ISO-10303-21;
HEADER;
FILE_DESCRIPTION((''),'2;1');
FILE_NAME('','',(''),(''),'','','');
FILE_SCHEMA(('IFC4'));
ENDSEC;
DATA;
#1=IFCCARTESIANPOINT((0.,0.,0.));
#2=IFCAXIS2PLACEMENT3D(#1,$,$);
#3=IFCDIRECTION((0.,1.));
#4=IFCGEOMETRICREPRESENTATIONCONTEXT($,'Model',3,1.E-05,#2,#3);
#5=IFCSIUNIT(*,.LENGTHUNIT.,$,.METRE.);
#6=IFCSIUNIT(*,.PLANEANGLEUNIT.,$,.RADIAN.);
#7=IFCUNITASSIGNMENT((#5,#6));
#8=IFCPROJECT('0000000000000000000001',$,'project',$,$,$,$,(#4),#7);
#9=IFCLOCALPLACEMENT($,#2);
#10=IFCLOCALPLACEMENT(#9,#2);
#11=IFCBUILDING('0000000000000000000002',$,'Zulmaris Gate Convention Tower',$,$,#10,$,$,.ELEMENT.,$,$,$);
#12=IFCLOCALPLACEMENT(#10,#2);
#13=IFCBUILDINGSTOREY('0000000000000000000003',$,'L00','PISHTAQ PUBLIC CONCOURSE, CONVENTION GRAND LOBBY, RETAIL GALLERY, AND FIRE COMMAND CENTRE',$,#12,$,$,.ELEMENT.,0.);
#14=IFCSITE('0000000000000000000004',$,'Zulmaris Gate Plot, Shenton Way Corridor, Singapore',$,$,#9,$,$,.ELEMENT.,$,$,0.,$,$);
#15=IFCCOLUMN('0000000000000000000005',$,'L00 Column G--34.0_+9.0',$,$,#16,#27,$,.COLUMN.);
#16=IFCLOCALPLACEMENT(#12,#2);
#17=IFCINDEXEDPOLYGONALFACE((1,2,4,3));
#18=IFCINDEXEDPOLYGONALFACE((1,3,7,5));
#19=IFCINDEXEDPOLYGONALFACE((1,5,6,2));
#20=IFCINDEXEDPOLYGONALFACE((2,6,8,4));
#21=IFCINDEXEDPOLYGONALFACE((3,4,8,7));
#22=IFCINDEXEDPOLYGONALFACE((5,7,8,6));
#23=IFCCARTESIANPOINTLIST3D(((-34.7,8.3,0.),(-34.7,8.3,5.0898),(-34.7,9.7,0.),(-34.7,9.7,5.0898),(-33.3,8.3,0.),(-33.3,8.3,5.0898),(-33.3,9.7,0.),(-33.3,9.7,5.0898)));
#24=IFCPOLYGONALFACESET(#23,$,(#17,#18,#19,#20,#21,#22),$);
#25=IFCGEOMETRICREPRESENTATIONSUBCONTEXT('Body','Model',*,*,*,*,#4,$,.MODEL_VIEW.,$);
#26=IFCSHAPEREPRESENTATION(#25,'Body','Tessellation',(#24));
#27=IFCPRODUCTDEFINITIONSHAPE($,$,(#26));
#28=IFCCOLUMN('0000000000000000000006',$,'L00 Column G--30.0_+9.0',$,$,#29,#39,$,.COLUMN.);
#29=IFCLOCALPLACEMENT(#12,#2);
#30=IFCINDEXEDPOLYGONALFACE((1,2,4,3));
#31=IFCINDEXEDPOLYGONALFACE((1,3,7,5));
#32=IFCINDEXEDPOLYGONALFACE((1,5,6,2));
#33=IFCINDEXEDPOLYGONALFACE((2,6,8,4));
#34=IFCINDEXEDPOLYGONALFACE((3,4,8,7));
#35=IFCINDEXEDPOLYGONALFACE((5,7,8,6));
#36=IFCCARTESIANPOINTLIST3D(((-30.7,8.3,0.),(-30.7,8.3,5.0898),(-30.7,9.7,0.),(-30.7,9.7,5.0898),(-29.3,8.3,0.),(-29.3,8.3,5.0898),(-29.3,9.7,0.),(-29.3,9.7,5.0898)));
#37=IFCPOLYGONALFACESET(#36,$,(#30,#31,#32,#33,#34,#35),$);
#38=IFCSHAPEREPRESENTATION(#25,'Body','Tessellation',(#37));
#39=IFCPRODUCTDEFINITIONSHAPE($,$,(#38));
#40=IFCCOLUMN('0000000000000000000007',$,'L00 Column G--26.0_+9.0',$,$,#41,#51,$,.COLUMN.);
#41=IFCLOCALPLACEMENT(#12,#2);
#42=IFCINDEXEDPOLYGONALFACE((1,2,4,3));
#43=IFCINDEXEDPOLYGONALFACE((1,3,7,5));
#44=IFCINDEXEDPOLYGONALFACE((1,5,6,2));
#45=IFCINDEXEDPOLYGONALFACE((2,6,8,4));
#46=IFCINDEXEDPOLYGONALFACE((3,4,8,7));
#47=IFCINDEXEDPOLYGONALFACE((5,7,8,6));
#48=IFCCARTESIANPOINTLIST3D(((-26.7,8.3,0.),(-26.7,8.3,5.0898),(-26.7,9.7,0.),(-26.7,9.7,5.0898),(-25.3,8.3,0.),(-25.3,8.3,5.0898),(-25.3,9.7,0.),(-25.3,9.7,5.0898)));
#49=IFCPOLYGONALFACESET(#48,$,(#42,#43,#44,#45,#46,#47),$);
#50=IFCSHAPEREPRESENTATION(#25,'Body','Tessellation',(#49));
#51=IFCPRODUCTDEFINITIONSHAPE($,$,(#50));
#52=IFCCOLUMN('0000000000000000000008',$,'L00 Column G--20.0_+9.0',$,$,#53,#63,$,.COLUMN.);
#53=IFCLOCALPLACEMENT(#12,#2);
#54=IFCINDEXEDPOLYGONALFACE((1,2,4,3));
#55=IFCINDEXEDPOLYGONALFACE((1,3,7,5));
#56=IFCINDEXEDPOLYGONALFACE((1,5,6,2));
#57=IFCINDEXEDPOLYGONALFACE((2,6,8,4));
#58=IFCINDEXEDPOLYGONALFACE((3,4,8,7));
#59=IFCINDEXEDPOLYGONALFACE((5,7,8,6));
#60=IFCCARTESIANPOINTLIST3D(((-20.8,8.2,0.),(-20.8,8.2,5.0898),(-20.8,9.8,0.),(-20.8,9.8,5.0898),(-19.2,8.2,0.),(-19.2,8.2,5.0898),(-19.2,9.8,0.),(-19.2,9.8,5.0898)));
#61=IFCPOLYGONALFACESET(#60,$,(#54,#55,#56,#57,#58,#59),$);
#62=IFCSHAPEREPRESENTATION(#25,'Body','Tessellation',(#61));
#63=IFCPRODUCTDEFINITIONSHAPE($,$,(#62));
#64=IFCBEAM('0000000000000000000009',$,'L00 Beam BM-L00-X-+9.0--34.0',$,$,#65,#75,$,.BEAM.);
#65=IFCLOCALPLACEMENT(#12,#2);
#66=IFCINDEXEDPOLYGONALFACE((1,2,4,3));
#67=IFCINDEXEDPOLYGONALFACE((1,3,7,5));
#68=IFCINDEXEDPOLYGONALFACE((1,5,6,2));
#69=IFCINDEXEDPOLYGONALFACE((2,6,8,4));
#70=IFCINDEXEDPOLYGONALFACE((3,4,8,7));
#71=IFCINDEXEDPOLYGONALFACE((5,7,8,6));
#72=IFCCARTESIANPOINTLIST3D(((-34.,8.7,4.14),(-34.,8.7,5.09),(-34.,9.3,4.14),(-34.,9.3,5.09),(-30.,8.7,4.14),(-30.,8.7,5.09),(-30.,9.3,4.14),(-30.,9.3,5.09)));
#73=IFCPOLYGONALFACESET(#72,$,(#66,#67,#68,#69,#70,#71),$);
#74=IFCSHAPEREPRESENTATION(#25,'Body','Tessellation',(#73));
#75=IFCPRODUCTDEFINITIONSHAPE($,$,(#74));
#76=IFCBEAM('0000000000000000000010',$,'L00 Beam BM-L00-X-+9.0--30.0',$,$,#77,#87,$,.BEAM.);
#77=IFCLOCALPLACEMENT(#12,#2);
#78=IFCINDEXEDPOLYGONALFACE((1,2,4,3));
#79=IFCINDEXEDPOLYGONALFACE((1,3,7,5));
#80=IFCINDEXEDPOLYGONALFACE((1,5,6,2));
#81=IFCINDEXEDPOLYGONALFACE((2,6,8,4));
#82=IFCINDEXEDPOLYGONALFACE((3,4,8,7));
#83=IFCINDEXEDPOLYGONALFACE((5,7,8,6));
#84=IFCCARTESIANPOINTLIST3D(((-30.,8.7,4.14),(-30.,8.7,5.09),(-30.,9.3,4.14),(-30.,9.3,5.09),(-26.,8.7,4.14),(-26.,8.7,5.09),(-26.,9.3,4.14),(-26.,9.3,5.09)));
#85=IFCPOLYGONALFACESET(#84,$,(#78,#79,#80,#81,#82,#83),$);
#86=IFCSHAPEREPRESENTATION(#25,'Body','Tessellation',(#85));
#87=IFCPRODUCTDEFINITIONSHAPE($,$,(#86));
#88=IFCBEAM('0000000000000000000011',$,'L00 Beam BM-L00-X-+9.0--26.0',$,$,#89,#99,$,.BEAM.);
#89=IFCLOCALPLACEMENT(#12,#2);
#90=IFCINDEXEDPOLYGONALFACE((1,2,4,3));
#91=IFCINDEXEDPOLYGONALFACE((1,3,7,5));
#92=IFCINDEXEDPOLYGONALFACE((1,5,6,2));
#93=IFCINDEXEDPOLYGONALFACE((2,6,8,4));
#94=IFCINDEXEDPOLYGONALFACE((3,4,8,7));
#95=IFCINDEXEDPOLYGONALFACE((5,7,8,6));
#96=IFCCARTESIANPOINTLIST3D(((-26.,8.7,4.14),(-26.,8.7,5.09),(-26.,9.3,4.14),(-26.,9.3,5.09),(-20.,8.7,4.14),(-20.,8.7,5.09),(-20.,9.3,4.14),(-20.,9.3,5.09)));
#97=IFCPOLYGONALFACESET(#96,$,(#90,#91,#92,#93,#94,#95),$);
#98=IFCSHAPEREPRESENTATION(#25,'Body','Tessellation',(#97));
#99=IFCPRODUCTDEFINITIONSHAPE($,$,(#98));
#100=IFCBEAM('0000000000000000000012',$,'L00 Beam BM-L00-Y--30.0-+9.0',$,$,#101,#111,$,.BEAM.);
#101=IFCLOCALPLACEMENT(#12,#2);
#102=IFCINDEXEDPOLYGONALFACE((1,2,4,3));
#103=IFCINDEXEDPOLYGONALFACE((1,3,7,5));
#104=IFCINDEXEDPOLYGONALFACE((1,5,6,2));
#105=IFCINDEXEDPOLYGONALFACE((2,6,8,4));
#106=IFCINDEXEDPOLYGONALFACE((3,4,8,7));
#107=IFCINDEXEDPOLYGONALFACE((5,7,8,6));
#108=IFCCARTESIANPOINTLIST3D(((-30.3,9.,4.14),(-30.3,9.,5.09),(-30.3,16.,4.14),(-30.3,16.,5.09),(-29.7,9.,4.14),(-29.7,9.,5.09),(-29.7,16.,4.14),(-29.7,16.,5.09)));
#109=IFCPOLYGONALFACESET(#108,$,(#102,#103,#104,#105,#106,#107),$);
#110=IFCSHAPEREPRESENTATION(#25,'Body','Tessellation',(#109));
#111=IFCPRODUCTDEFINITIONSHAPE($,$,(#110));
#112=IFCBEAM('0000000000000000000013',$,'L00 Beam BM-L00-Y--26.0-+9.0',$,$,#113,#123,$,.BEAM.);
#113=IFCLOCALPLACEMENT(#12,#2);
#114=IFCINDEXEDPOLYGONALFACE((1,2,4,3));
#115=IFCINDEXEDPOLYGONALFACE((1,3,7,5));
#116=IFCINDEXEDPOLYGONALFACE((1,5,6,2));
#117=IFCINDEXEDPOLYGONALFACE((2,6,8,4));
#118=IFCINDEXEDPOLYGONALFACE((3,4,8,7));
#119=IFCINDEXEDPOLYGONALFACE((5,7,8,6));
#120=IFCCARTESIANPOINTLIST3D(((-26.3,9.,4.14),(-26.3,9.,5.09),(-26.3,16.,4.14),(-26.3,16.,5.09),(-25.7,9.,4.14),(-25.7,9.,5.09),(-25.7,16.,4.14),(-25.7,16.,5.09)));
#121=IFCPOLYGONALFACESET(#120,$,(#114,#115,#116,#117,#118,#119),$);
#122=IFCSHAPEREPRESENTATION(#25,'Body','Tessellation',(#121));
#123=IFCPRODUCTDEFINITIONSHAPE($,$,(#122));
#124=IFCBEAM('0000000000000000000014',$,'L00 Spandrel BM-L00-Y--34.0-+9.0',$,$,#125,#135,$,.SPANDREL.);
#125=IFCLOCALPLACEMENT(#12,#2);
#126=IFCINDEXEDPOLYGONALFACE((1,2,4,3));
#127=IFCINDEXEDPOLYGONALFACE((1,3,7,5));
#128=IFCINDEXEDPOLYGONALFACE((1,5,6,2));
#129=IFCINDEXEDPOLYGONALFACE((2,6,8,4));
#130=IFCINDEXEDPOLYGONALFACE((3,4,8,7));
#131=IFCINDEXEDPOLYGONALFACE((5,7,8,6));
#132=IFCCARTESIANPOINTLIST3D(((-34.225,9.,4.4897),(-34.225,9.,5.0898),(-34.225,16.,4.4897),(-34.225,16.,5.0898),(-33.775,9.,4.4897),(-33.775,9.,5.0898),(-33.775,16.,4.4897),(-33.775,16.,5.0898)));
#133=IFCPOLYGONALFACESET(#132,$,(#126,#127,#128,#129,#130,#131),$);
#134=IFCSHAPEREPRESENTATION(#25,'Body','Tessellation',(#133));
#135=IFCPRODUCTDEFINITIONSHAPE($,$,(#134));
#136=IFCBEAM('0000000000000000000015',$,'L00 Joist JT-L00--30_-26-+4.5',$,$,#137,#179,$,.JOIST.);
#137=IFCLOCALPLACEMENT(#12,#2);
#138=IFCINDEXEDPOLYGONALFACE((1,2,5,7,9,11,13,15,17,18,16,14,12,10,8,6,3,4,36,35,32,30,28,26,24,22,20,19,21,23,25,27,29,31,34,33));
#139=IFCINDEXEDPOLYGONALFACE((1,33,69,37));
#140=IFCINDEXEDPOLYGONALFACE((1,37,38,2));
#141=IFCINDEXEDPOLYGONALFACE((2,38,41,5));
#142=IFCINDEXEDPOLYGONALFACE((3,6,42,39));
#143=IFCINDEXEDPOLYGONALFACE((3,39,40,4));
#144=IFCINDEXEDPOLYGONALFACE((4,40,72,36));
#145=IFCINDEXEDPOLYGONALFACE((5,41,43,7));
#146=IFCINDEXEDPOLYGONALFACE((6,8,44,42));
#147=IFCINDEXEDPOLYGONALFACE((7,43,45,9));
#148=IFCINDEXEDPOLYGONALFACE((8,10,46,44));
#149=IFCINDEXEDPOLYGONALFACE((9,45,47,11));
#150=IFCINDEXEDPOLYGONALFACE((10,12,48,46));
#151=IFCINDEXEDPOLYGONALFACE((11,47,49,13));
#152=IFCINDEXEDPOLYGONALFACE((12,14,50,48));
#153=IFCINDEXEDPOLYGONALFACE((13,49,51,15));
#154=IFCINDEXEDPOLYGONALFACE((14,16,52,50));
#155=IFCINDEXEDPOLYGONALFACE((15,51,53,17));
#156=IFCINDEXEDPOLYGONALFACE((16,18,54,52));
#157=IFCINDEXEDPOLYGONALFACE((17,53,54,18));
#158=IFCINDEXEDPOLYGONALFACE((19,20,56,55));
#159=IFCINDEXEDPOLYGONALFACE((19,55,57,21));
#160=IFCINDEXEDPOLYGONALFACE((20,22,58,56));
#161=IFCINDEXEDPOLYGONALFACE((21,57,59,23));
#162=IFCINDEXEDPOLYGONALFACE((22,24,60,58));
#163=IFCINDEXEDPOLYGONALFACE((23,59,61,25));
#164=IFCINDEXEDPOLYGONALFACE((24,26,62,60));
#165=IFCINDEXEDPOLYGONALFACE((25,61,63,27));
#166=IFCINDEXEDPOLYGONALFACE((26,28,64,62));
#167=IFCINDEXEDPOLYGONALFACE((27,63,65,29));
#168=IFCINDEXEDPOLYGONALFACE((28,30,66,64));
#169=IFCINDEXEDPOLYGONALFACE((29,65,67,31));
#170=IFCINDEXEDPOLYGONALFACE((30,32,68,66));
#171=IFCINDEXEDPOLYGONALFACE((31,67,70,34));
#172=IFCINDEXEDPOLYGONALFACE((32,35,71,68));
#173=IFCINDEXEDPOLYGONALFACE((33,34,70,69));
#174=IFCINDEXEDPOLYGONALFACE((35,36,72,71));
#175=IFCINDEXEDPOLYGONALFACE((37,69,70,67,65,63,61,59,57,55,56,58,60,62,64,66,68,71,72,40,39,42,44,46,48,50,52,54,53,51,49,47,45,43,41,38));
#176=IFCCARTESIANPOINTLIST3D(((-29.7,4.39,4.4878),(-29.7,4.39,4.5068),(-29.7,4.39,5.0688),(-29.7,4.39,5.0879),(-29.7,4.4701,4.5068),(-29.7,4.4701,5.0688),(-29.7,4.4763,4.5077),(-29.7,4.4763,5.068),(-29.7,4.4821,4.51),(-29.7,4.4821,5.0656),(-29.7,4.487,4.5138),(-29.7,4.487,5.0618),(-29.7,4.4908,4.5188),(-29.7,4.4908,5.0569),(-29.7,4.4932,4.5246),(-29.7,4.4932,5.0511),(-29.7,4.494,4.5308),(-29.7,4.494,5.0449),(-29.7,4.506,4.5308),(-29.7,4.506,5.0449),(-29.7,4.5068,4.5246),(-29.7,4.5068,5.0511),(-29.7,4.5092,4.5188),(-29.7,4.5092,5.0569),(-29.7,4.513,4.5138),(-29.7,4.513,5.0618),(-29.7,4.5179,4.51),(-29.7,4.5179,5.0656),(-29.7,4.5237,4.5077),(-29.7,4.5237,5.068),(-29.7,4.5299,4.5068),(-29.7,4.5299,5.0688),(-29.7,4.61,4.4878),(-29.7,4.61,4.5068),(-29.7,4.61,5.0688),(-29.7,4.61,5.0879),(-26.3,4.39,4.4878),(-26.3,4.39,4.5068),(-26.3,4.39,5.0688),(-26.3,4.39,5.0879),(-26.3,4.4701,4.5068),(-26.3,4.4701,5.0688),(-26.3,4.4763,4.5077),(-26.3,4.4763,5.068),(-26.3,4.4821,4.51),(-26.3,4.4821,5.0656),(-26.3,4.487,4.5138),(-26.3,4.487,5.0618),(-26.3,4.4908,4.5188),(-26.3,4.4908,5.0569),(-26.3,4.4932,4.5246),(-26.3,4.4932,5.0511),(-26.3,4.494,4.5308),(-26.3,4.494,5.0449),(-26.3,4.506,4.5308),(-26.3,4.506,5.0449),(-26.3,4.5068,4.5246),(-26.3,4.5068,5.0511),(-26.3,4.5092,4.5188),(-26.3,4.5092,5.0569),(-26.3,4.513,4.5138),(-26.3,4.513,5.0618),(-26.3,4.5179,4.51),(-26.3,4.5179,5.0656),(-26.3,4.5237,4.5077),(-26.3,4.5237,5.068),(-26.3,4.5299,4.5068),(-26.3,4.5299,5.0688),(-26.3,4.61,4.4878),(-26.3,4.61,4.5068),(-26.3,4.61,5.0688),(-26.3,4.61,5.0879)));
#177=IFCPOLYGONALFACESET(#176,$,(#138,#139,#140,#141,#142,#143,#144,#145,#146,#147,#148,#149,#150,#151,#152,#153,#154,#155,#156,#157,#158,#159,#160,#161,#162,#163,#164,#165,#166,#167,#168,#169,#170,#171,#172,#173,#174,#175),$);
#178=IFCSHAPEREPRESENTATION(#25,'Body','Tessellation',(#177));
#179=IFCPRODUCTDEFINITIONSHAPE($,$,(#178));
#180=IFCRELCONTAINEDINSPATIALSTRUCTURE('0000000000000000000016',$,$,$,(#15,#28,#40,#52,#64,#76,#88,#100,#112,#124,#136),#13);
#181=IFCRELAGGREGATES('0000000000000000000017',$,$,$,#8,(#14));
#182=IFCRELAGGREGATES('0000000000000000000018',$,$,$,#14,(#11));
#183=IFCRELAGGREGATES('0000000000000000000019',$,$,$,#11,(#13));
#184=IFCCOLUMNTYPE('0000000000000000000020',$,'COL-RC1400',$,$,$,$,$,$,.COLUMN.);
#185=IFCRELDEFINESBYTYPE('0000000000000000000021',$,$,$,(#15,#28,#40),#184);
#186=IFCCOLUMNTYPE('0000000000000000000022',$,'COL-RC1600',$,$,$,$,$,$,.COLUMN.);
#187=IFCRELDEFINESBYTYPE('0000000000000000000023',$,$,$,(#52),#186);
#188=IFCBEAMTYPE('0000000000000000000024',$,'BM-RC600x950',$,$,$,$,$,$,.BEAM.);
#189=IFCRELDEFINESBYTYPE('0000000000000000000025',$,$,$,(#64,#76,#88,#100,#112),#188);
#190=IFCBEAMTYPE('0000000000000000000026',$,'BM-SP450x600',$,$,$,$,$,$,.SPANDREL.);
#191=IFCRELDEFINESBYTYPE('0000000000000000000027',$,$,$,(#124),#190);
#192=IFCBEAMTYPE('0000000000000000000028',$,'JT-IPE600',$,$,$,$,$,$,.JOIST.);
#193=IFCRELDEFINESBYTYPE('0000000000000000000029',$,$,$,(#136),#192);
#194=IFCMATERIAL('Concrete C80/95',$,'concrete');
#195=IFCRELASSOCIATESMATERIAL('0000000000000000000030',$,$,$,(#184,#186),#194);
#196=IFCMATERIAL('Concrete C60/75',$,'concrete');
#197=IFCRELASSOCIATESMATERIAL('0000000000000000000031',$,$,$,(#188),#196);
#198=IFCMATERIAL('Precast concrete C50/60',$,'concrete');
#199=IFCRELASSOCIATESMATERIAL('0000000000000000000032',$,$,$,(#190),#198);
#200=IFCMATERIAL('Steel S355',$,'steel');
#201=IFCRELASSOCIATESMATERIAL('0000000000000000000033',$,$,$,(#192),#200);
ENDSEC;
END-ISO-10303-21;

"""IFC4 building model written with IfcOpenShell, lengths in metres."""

from ifc_helpers import new_model, si_unit, direction, frame, origin, origin_2d, place, context, subcontext, project, spatial, rectangle, i_section, extrude, material, material_profile, profile_set, type_object, element, save


model = new_model("IFC4")

# Units and contexts
model_context = context("Model", 3, precision=1e-05, world=origin(), true_north=direction((0.0, 1.0)))
body_context = subcontext(model_context, "Body", "Model", "MODEL_VIEW")
ifc_project = project(units=[si_unit("LENGTHUNIT", "METRE"), si_unit("PLANEANGLEUNIT", "RADIAN")], contexts=[model_context])

# Site, building, storey
site_placement = place(None, origin())
site = spatial("IfcSite", under=ifc_project, at=site_placement, Name="Zulmaris Gate Plot, Shenton Way Corridor, Singapore", CompositionType="ELEMENT", RefElevation=0.0)
building_placement = place(site_placement, origin())
building = spatial("IfcBuilding", under=site, at=building_placement, Name="Zulmaris Gate Convention Tower", CompositionType="ELEMENT")
storey_placement = place(building_placement, origin())
storey = spatial("IfcBuildingStorey", under=building, at=storey_placement, Name="L00", Description="PISHTAQ PUBLIC CONCOURSE, CONVENTION GRAND LOBBY, RETAIL GALLERY, AND FIRE COMMAND CENTRE", CompositionType="ELEMENT", Elevation=0.0)

# Columns
ifc_material_1 = material(Name="Concrete C80/95", Category="concrete")
ifc_material_profile_1 = material_profile(ifc_material_1, rectangle(XDim=1.3999, YDim=1.3999, at=origin_2d()), Name="RC COL 1400x1400")
ifc_profile_set_1 = profile_set([ifc_material_profile_1], Name="Concrete C80/95")
column_type_1 = type_object("IfcColumnType", Name="COL-RC1400", PredefinedType="COLUMN", material=ifc_profile_set_1)
for number, where, z_axis, x_axis, name in (
    (1, (-34.0, 9.0, 0.0), (0.0, 0.0, 1.0), (1.0, 0.0, 0.0), "L00 Column G--34.0_+9.0"),
    (2, (-30.0, 9.0, 0.0), (0.0, 0.0, 1.0), (1.0, 0.0, 0.0), "L00 Column G--30.0_+9.0"),
    (3, (-26.0, 9.0, 0.0), (0.0, 0.0, 1.0), (1.0, 0.0, 0.0), "L00 Column G--26.0_+9.0"),
):
    element("IfcColumn", number, at=place(storey_placement, frame(where, z_axis=z_axis, x_axis=x_axis)), inside=storey, type_object=column_type_1, Name=name, PredefinedType="COLUMN", context=body_context, shape_type="SweptSolid", body=[
        extrude(rectangle(XDim=1.3999, YDim=1.3999, at=origin_2d()), origin(), (0.0, 0.0, 1.0), 5.0898),
    ])
ifc_material_profile_2 = material_profile(ifc_material_1, rectangle(XDim=1.6001, YDim=1.6001, at=origin_2d()), Name="RC COL 1600x1600")
ifc_profile_set_2 = profile_set([ifc_material_profile_2], Name="Concrete C80/95")
column_type_2 = type_object("IfcColumnType", Name="COL-RC1600", PredefinedType="COLUMN", material=ifc_profile_set_2)
column_placement = place(storey_placement, frame((-20.0, 9.0, 0.0), z_axis=(0.0, 0.0, 1.0), x_axis=(1.0, 0.0, 0.0)))
element("IfcColumn", 4, at=column_placement, inside=storey, type_object=column_type_2, Name="L00 Column G--20.0_+9.0", PredefinedType="COLUMN", context=body_context, shape_type="SweptSolid", body=[
    extrude(rectangle(XDim=1.6001, YDim=1.6001, at=origin_2d()), origin(), (0.0, 0.0, 1.0), 5.0898),
])

# Beams
ifc_material_2 = material(Name="Concrete C60/75", Category="concrete")
ifc_material_profile_3 = material_profile(ifc_material_2, rectangle(XDim=0.6001, YDim=0.95, at=origin_2d()), Name="RC BEAM 600x950")
ifc_profile_set_3 = profile_set([ifc_material_profile_3], Name="Concrete C60/75")
beam_type_1 = type_object("IfcBeamType", Name="BM-RC600x950", PredefinedType="BEAM", material=ifc_profile_set_3)
for number, where, z_axis, x_axis, name in (
    (5, (-34.0, 9.0, 4.615), (1.0, 0.0, 0.0), (0.0, 1.0, 0.0), "L00 Beam BM-L00-X-+9.0--34.0"),
    (6, (-30.0, 9.0, 4.615), (1.0, 0.0, 0.0), (0.0, 1.0, 0.0), "L00 Beam BM-L00-X-+9.0--30.0"),
):
    element("IfcBeam", number, at=place(storey_placement, frame(where, z_axis=z_axis, x_axis=x_axis)), inside=storey, type_object=beam_type_1, Name=name, PredefinedType="BEAM", context=body_context, shape_type="SweptSolid", body=[
        extrude(rectangle(XDim=0.6001, YDim=0.95, at=origin_2d()), origin(), (0.0, 0.0, 1.0), 4.0),
    ])
beam_1_placement = place(storey_placement, frame((-26.0, 9.0, 4.615), z_axis=(1.0, 0.0, 0.0), x_axis=(0.0, 1.0, 0.0)))
element("IfcBeam", 7, at=beam_1_placement, inside=storey, type_object=beam_type_1, Name="L00 Beam BM-L00-X-+9.0--26.0", PredefinedType="BEAM", context=body_context, shape_type="SweptSolid", body=[
    extrude(rectangle(XDim=0.6001, YDim=0.95, at=origin_2d()), origin(), (0.0, 0.0, 1.0), 6.0),
])
for number, where, z_axis, x_axis, name in (
    (8, (-30.0, 9.0, 4.615), (0.0, 1.0, 0.0), (-1.0, 0.0, 0.0), "L00 Beam BM-L00-Y--30.0-+9.0"),
    (9, (-26.0, 9.0, 4.615), (0.0, 1.0, 0.0), (-1.0, 0.0, 0.0), "L00 Beam BM-L00-Y--26.0-+9.0"),
):
    element("IfcBeam", number, at=place(storey_placement, frame(where, z_axis=z_axis, x_axis=x_axis)), inside=storey, type_object=beam_type_1, Name=name, PredefinedType="BEAM", context=body_context, shape_type="SweptSolid", body=[
        extrude(rectangle(XDim=0.6001, YDim=0.95, at=origin_2d()), origin(), (0.0, 0.0, 1.0), 7.0),
    ])
ifc_material_3 = material(Name="Precast concrete C50/60", Category="concrete")
ifc_material_profile_4 = material_profile(ifc_material_3, rectangle(XDim=0.45, YDim=0.6001, at=origin_2d()), Name="RC SPANDREL 450x600")
ifc_profile_set_4 = profile_set([ifc_material_profile_4], Name="Precast concrete C50/60")
beam_type_2 = type_object("IfcBeamType", Name="BM-SP450x600", PredefinedType="SPANDREL", material=ifc_profile_set_4)
beam_2_placement = place(storey_placement, frame((-34.0, 9.0, 4.7898), z_axis=(0.0, 1.0, 0.0), x_axis=(-1.0, 0.0, 0.0)))
element("IfcBeam", 10, at=beam_2_placement, inside=storey, type_object=beam_type_2, Name="L00 Spandrel BM-L00-Y--34.0-+9.0", PredefinedType="SPANDREL", context=body_context, shape_type="SweptSolid", body=[
    extrude(rectangle(XDim=0.45, YDim=0.6001, at=origin_2d()), origin(), (0.0, 0.0, 1.0), 7.0),
])
ifc_material_4 = material(Name="Steel S355", Category="steel")
ifc_material_profile_5 = material_profile(ifc_material_4, i_section(OverallWidth=0.22, OverallDepth=0.6001, WebThickness=0.012, FlangeThickness=0.019, FilletRadius=0.0239, at=origin_2d()), Name="IPE 600")
ifc_profile_set_5 = profile_set([ifc_material_profile_5], Name="Steel S355")
beam_type_3 = type_object("IfcBeamType", Name="JT-IPE600", PredefinedType="JOIST", material=ifc_profile_set_5)
beam_3_placement = place(storey_placement, frame((-29.7, 4.5, 4.7878), z_axis=(1.0, 0.0, 0.0), x_axis=(0.0, 1.0, 0.0)))
element("IfcBeam", 11, at=beam_3_placement, inside=storey, type_object=beam_type_3, Name="L00 Joist JT-L00--30_-26-+4.5", PredefinedType="JOIST", context=body_context, shape_type="SweptSolid", body=[
    extrude(i_section(OverallWidth=0.22, OverallDepth=0.6001, WebThickness=0.012, FlangeThickness=0.019, FilletRadius=0.0239, at=origin_2d()), origin(), (0.0, 0.0, 1.0), 3.3999),
])

save(model, "model.ifc")
